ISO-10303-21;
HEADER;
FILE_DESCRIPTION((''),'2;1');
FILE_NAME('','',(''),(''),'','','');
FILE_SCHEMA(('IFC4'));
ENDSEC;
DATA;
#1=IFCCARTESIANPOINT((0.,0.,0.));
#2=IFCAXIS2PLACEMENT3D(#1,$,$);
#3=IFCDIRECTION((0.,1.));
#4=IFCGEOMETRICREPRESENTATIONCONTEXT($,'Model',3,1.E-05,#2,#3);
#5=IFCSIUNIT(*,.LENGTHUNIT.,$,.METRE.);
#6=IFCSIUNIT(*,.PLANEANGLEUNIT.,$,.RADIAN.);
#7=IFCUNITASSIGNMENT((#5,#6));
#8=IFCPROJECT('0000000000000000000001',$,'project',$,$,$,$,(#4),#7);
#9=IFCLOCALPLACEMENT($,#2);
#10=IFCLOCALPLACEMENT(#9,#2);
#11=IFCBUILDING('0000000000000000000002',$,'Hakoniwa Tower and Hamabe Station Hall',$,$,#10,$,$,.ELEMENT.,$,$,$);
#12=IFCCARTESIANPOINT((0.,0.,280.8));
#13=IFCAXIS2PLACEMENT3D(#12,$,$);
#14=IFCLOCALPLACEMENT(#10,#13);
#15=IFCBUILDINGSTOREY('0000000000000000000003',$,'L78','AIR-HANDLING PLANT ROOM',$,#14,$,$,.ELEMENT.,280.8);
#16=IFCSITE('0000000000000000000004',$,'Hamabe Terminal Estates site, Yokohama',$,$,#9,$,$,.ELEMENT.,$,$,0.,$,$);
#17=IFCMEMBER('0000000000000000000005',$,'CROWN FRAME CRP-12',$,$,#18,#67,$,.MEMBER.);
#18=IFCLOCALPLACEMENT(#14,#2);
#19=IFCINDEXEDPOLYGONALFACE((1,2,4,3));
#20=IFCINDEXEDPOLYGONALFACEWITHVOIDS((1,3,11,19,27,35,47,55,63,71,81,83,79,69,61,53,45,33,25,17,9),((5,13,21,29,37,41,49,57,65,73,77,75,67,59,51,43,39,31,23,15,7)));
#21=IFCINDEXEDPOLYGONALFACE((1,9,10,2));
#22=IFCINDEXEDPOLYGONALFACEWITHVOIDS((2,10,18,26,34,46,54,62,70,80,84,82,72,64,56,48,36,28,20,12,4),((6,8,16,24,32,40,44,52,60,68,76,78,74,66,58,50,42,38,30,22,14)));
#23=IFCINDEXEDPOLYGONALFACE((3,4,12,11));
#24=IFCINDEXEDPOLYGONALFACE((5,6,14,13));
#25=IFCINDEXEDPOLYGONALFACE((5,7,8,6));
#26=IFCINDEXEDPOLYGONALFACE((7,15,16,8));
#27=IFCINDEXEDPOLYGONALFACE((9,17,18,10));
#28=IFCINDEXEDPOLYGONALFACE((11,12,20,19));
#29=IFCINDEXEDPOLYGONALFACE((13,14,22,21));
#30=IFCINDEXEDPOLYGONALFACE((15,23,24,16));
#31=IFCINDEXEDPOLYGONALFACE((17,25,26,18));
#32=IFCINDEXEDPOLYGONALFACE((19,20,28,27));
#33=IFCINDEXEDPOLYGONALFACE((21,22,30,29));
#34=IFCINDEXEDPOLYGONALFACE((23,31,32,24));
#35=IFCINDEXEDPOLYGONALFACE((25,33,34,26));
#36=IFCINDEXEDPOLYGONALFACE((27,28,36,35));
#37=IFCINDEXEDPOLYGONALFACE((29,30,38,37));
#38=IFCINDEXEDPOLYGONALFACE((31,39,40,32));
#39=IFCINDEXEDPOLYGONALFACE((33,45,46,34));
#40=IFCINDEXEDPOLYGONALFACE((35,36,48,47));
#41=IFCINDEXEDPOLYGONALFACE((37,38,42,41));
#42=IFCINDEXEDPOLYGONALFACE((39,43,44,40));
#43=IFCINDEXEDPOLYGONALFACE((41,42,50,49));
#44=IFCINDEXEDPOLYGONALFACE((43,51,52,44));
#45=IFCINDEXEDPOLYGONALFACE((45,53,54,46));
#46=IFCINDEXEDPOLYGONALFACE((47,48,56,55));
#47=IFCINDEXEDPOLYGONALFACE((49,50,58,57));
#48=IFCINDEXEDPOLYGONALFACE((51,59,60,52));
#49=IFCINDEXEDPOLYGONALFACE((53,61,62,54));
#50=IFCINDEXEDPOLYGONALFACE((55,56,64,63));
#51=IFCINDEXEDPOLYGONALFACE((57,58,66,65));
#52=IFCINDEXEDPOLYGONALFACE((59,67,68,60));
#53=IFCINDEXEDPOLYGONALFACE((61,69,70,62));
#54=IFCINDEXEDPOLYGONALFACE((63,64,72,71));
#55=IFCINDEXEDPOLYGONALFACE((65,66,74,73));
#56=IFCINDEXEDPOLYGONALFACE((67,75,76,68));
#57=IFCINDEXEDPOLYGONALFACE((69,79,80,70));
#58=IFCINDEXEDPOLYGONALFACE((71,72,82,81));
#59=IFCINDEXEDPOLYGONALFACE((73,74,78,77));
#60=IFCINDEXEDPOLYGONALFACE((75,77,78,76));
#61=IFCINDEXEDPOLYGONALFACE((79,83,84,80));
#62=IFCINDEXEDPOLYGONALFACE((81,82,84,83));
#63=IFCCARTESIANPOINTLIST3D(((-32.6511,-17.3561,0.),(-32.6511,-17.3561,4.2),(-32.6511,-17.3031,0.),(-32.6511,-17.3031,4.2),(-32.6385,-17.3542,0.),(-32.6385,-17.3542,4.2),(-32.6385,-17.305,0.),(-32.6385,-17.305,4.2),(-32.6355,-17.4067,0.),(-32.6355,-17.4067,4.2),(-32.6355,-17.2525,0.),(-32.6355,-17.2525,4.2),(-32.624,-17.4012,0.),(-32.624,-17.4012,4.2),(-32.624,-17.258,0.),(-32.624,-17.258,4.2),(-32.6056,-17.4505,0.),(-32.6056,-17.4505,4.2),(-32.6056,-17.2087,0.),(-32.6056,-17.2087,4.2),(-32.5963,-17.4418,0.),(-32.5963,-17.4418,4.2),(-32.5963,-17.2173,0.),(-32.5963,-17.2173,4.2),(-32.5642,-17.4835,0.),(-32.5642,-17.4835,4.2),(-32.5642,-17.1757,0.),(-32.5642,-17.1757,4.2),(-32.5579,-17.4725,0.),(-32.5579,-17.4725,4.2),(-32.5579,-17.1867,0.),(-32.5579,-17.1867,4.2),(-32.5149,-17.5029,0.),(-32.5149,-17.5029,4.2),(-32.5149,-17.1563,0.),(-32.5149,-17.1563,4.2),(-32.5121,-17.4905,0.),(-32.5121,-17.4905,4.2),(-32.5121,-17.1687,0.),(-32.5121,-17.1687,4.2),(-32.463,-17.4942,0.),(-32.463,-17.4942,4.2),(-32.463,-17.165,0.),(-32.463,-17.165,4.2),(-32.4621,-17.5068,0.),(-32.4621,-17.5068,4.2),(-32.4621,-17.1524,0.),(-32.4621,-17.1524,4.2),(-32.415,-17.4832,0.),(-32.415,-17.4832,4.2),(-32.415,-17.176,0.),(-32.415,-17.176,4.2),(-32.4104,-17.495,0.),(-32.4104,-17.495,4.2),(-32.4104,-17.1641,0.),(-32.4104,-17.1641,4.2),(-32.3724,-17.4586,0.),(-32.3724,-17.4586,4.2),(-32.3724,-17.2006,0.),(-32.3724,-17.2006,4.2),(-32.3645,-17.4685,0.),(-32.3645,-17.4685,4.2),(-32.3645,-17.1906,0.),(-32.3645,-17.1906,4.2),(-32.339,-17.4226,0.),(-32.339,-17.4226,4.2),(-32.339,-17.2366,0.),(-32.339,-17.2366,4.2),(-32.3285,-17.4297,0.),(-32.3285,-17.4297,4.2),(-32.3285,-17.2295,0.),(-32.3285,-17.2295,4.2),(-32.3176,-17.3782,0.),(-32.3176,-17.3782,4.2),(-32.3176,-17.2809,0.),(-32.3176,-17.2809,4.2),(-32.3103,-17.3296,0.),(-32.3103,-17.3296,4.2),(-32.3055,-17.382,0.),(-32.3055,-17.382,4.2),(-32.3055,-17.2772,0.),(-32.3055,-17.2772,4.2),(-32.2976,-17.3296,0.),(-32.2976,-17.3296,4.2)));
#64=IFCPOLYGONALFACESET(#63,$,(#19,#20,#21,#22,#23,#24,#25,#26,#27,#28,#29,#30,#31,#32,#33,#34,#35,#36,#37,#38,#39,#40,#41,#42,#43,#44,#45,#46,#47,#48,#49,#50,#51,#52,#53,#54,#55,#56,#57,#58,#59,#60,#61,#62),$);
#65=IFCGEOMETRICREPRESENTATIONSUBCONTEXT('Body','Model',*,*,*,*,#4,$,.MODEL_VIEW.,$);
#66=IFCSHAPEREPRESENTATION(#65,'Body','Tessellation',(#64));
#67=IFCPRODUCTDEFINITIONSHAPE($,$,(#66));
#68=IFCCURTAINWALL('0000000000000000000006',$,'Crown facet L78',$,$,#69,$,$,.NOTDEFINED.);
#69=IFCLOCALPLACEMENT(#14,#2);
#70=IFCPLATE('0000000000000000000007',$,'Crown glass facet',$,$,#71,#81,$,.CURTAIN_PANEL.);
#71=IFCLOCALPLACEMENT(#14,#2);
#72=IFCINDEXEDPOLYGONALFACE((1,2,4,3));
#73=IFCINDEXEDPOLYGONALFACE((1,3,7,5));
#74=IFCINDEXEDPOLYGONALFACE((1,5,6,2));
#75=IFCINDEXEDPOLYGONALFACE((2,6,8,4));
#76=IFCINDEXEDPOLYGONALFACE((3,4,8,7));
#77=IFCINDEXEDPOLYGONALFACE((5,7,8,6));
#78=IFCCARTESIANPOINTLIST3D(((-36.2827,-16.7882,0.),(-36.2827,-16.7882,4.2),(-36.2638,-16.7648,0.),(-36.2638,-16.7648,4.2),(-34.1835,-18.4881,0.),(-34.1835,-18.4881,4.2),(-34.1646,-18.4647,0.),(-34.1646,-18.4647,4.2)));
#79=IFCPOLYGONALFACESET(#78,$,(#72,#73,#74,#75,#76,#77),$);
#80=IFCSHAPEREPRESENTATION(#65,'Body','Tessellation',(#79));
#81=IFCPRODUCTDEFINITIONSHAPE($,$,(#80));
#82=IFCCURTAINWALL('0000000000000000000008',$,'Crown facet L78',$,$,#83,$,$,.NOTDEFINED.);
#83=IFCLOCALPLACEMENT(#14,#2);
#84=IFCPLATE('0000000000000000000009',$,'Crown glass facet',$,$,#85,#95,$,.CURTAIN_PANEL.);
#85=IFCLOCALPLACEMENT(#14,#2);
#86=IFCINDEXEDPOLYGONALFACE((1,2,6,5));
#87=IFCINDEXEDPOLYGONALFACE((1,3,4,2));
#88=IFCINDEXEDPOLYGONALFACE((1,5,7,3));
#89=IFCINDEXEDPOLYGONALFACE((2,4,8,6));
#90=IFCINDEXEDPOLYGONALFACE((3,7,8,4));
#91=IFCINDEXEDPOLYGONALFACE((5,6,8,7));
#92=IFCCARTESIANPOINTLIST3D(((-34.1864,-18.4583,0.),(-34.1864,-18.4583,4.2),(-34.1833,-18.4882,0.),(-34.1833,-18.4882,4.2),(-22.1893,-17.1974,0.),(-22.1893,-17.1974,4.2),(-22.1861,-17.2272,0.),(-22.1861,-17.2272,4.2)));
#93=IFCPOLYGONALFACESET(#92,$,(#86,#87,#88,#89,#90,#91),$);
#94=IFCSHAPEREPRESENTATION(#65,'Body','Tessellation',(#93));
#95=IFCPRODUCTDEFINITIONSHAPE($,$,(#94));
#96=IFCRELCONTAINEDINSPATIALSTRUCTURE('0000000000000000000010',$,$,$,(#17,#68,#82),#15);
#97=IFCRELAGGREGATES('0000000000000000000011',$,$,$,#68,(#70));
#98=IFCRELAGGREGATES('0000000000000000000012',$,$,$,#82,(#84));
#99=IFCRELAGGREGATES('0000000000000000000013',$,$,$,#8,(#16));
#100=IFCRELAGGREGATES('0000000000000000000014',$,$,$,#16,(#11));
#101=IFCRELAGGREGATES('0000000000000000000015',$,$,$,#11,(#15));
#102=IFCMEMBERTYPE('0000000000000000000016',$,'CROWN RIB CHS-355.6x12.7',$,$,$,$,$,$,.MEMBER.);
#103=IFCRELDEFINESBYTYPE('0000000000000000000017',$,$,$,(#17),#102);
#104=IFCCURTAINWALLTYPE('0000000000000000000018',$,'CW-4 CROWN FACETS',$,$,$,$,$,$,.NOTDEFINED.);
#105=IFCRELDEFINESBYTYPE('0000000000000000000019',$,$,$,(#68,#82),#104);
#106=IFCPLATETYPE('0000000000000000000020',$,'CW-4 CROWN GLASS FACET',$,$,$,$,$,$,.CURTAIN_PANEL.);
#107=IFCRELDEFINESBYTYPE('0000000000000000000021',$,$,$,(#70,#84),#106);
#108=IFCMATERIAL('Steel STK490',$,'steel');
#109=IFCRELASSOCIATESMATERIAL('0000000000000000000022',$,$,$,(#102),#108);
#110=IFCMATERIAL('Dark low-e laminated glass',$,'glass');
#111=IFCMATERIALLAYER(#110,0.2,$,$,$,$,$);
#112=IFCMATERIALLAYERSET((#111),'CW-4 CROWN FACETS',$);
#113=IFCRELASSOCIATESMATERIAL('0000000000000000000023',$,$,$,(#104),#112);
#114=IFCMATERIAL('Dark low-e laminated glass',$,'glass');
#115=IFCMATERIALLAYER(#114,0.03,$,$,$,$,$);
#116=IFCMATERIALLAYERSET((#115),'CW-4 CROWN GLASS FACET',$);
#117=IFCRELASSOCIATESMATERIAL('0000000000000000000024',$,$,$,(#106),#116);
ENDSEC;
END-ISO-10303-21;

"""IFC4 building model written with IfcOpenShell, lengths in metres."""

from ifc_helpers import new_model, si_unit, direction, frame, origin, origin_2d, place, context, subcontext, project, spatial, rectangle, hollow_circle, extrude, material, layer, layer_set, material_profile, profile_set, type_object, element, aggregate, save


model = new_model("IFC4")

# Units and contexts
model_context = context("Model", 3, precision=1e-05, world=origin(), true_north=direction((0.0, 1.0)))
body_context = subcontext(model_context, "Body", "Model", "MODEL_VIEW")
ifc_project = project(units=[si_unit("LENGTHUNIT", "METRE"), si_unit("PLANEANGLEUNIT", "RADIAN")], contexts=[model_context])

# Site, building, storey
site_placement = place(None, origin())
site = spatial("IfcSite", under=ifc_project, at=site_placement, Name="Hamabe Terminal Estates site, Yokohama", CompositionType="ELEMENT", RefElevation=0.0)
building_placement = place(site_placement, origin())
building = spatial("IfcBuilding", under=site, at=building_placement, Name="Hakoniwa Tower and Hamabe Station Hall", CompositionType="ELEMENT")
storey_placement = place(building_placement, frame((0.0, 0.0, 280.8)))
storey = spatial("IfcBuildingStorey", under=building, at=storey_placement, Name="L78", Description="AIR-HANDLING PLANT ROOM", CompositionType="ELEMENT", Elevation=280.8)

# Member
ifc_material_1 = material(Name="Steel STK490", Category="steel")
ifc_material_profile_1 = material_profile(ifc_material_1, hollow_circle(Radius=0.1777, WallThickness=0.0127, at=origin_2d()), Name="CHS-355.6x12.7")
ifc_profile_set_1 = profile_set([ifc_material_profile_1], Name="Steel STK490")
member_type = type_object("IfcMemberType", Name="CROWN RIB CHS-355.6x12.7", PredefinedType="MEMBER", material=ifc_profile_set_1)
for number, where, z_axis, x_axis, name in (
    (1, (-32.4753, -17.3296, 0.0), (0.0, 0.0, 1.0), (1.0, 0.0, 0.0), "CROWN FRAME CRP-12"),
):
    element("IfcMember", number, at=place(storey_placement, frame(where, z_axis=z_axis, x_axis=x_axis)), inside=storey, type_object=member_type, Name=name, PredefinedType="MEMBER", context=body_context, shape_type="SweptSolid", body=[
        extrude(hollow_circle(Radius=0.1777, WallThickness=0.0127, at=origin_2d()), origin(), (0.0, 0.0, 1.0), 4.2),
    ])

# Curtain walls, plates
ifc_material_2 = material(Name="Dark low-e laminated glass", Category="glass")
ifc_layer_1 = layer(ifc_material_2, 0.2)
ifc_layer_set_1 = layer_set([ifc_layer_1], Name="CW-4 CROWN FACETS")
curtain_wall_type = type_object("IfcCurtainWallType", Name="CW-4 CROWN FACETS", PredefinedType="NOTDEFINED", material=ifc_layer_set_1)
curtain_wall_1_placement = place(storey_placement, origin())
curtain_wall_1 = element("IfcCurtainWall", 2, at=curtain_wall_1_placement, inside=storey, type_object=curtain_wall_type, Name="Crown facet L78", PredefinedType="NOTDEFINED")
ifc_material_3 = material(Name="Dark low-e laminated glass", Category="glass")
ifc_layer_2 = layer(ifc_material_3, 0.03)
ifc_layer_set_2 = layer_set([ifc_layer_2], Name="CW-4 CROWN GLASS FACET")
plate_type = type_object("IfcPlateType", Name="CW-4 CROWN GLASS FACET", PredefinedType="CURTAIN_PANEL", material=ifc_layer_set_2)
plate_1_placement = place(storey_placement, frame((-35.2236, -17.6265, 0.0), z_axis=(0.0, 0.0, 1.0), x_axis=(0.777146, -0.62932, 0.0)))
plate_1 = element("IfcPlate", 3, at=plate_1_placement, type_object=plate_type, Name="Crown glass facet", PredefinedType="CURTAIN_PANEL", context=body_context, shape_type="SweptSolid", body=[
    extrude(rectangle(XDim=2.7012, YDim=0.03, at=origin_2d()), origin(), (0.0, 0.0, 1.0), 4.2),
])
aggregate(curtain_wall_1, [plate_1])
curtain_wall_2_placement = place(storey_placement, origin())
curtain_wall_2 = element("IfcCurtainWall", 4, at=curtain_wall_2_placement, inside=storey, type_object=curtain_wall_type, Name="Crown facet L78", PredefinedType="NOTDEFINED")
plate_2_placement = place(storey_placement, frame((-28.1863, -17.8428, 0.0), z_axis=(0.0, 0.0, 1.0), x_axis=(0.994522, 0.104528, 0.0)))
plate_2 = element("IfcPlate", 5, at=plate_2_placement, type_object=plate_type, Name="Crown glass facet", PredefinedType="CURTAIN_PANEL", context=body_context, shape_type="SweptSolid", body=[
    extrude(rectangle(XDim=12.0632, YDim=0.03, at=origin_2d()), origin(), (0.0, 0.0, 1.0), 4.2),
])
aggregate(curtain_wall_2, [plate_2])

save(model, "model.ifc")
